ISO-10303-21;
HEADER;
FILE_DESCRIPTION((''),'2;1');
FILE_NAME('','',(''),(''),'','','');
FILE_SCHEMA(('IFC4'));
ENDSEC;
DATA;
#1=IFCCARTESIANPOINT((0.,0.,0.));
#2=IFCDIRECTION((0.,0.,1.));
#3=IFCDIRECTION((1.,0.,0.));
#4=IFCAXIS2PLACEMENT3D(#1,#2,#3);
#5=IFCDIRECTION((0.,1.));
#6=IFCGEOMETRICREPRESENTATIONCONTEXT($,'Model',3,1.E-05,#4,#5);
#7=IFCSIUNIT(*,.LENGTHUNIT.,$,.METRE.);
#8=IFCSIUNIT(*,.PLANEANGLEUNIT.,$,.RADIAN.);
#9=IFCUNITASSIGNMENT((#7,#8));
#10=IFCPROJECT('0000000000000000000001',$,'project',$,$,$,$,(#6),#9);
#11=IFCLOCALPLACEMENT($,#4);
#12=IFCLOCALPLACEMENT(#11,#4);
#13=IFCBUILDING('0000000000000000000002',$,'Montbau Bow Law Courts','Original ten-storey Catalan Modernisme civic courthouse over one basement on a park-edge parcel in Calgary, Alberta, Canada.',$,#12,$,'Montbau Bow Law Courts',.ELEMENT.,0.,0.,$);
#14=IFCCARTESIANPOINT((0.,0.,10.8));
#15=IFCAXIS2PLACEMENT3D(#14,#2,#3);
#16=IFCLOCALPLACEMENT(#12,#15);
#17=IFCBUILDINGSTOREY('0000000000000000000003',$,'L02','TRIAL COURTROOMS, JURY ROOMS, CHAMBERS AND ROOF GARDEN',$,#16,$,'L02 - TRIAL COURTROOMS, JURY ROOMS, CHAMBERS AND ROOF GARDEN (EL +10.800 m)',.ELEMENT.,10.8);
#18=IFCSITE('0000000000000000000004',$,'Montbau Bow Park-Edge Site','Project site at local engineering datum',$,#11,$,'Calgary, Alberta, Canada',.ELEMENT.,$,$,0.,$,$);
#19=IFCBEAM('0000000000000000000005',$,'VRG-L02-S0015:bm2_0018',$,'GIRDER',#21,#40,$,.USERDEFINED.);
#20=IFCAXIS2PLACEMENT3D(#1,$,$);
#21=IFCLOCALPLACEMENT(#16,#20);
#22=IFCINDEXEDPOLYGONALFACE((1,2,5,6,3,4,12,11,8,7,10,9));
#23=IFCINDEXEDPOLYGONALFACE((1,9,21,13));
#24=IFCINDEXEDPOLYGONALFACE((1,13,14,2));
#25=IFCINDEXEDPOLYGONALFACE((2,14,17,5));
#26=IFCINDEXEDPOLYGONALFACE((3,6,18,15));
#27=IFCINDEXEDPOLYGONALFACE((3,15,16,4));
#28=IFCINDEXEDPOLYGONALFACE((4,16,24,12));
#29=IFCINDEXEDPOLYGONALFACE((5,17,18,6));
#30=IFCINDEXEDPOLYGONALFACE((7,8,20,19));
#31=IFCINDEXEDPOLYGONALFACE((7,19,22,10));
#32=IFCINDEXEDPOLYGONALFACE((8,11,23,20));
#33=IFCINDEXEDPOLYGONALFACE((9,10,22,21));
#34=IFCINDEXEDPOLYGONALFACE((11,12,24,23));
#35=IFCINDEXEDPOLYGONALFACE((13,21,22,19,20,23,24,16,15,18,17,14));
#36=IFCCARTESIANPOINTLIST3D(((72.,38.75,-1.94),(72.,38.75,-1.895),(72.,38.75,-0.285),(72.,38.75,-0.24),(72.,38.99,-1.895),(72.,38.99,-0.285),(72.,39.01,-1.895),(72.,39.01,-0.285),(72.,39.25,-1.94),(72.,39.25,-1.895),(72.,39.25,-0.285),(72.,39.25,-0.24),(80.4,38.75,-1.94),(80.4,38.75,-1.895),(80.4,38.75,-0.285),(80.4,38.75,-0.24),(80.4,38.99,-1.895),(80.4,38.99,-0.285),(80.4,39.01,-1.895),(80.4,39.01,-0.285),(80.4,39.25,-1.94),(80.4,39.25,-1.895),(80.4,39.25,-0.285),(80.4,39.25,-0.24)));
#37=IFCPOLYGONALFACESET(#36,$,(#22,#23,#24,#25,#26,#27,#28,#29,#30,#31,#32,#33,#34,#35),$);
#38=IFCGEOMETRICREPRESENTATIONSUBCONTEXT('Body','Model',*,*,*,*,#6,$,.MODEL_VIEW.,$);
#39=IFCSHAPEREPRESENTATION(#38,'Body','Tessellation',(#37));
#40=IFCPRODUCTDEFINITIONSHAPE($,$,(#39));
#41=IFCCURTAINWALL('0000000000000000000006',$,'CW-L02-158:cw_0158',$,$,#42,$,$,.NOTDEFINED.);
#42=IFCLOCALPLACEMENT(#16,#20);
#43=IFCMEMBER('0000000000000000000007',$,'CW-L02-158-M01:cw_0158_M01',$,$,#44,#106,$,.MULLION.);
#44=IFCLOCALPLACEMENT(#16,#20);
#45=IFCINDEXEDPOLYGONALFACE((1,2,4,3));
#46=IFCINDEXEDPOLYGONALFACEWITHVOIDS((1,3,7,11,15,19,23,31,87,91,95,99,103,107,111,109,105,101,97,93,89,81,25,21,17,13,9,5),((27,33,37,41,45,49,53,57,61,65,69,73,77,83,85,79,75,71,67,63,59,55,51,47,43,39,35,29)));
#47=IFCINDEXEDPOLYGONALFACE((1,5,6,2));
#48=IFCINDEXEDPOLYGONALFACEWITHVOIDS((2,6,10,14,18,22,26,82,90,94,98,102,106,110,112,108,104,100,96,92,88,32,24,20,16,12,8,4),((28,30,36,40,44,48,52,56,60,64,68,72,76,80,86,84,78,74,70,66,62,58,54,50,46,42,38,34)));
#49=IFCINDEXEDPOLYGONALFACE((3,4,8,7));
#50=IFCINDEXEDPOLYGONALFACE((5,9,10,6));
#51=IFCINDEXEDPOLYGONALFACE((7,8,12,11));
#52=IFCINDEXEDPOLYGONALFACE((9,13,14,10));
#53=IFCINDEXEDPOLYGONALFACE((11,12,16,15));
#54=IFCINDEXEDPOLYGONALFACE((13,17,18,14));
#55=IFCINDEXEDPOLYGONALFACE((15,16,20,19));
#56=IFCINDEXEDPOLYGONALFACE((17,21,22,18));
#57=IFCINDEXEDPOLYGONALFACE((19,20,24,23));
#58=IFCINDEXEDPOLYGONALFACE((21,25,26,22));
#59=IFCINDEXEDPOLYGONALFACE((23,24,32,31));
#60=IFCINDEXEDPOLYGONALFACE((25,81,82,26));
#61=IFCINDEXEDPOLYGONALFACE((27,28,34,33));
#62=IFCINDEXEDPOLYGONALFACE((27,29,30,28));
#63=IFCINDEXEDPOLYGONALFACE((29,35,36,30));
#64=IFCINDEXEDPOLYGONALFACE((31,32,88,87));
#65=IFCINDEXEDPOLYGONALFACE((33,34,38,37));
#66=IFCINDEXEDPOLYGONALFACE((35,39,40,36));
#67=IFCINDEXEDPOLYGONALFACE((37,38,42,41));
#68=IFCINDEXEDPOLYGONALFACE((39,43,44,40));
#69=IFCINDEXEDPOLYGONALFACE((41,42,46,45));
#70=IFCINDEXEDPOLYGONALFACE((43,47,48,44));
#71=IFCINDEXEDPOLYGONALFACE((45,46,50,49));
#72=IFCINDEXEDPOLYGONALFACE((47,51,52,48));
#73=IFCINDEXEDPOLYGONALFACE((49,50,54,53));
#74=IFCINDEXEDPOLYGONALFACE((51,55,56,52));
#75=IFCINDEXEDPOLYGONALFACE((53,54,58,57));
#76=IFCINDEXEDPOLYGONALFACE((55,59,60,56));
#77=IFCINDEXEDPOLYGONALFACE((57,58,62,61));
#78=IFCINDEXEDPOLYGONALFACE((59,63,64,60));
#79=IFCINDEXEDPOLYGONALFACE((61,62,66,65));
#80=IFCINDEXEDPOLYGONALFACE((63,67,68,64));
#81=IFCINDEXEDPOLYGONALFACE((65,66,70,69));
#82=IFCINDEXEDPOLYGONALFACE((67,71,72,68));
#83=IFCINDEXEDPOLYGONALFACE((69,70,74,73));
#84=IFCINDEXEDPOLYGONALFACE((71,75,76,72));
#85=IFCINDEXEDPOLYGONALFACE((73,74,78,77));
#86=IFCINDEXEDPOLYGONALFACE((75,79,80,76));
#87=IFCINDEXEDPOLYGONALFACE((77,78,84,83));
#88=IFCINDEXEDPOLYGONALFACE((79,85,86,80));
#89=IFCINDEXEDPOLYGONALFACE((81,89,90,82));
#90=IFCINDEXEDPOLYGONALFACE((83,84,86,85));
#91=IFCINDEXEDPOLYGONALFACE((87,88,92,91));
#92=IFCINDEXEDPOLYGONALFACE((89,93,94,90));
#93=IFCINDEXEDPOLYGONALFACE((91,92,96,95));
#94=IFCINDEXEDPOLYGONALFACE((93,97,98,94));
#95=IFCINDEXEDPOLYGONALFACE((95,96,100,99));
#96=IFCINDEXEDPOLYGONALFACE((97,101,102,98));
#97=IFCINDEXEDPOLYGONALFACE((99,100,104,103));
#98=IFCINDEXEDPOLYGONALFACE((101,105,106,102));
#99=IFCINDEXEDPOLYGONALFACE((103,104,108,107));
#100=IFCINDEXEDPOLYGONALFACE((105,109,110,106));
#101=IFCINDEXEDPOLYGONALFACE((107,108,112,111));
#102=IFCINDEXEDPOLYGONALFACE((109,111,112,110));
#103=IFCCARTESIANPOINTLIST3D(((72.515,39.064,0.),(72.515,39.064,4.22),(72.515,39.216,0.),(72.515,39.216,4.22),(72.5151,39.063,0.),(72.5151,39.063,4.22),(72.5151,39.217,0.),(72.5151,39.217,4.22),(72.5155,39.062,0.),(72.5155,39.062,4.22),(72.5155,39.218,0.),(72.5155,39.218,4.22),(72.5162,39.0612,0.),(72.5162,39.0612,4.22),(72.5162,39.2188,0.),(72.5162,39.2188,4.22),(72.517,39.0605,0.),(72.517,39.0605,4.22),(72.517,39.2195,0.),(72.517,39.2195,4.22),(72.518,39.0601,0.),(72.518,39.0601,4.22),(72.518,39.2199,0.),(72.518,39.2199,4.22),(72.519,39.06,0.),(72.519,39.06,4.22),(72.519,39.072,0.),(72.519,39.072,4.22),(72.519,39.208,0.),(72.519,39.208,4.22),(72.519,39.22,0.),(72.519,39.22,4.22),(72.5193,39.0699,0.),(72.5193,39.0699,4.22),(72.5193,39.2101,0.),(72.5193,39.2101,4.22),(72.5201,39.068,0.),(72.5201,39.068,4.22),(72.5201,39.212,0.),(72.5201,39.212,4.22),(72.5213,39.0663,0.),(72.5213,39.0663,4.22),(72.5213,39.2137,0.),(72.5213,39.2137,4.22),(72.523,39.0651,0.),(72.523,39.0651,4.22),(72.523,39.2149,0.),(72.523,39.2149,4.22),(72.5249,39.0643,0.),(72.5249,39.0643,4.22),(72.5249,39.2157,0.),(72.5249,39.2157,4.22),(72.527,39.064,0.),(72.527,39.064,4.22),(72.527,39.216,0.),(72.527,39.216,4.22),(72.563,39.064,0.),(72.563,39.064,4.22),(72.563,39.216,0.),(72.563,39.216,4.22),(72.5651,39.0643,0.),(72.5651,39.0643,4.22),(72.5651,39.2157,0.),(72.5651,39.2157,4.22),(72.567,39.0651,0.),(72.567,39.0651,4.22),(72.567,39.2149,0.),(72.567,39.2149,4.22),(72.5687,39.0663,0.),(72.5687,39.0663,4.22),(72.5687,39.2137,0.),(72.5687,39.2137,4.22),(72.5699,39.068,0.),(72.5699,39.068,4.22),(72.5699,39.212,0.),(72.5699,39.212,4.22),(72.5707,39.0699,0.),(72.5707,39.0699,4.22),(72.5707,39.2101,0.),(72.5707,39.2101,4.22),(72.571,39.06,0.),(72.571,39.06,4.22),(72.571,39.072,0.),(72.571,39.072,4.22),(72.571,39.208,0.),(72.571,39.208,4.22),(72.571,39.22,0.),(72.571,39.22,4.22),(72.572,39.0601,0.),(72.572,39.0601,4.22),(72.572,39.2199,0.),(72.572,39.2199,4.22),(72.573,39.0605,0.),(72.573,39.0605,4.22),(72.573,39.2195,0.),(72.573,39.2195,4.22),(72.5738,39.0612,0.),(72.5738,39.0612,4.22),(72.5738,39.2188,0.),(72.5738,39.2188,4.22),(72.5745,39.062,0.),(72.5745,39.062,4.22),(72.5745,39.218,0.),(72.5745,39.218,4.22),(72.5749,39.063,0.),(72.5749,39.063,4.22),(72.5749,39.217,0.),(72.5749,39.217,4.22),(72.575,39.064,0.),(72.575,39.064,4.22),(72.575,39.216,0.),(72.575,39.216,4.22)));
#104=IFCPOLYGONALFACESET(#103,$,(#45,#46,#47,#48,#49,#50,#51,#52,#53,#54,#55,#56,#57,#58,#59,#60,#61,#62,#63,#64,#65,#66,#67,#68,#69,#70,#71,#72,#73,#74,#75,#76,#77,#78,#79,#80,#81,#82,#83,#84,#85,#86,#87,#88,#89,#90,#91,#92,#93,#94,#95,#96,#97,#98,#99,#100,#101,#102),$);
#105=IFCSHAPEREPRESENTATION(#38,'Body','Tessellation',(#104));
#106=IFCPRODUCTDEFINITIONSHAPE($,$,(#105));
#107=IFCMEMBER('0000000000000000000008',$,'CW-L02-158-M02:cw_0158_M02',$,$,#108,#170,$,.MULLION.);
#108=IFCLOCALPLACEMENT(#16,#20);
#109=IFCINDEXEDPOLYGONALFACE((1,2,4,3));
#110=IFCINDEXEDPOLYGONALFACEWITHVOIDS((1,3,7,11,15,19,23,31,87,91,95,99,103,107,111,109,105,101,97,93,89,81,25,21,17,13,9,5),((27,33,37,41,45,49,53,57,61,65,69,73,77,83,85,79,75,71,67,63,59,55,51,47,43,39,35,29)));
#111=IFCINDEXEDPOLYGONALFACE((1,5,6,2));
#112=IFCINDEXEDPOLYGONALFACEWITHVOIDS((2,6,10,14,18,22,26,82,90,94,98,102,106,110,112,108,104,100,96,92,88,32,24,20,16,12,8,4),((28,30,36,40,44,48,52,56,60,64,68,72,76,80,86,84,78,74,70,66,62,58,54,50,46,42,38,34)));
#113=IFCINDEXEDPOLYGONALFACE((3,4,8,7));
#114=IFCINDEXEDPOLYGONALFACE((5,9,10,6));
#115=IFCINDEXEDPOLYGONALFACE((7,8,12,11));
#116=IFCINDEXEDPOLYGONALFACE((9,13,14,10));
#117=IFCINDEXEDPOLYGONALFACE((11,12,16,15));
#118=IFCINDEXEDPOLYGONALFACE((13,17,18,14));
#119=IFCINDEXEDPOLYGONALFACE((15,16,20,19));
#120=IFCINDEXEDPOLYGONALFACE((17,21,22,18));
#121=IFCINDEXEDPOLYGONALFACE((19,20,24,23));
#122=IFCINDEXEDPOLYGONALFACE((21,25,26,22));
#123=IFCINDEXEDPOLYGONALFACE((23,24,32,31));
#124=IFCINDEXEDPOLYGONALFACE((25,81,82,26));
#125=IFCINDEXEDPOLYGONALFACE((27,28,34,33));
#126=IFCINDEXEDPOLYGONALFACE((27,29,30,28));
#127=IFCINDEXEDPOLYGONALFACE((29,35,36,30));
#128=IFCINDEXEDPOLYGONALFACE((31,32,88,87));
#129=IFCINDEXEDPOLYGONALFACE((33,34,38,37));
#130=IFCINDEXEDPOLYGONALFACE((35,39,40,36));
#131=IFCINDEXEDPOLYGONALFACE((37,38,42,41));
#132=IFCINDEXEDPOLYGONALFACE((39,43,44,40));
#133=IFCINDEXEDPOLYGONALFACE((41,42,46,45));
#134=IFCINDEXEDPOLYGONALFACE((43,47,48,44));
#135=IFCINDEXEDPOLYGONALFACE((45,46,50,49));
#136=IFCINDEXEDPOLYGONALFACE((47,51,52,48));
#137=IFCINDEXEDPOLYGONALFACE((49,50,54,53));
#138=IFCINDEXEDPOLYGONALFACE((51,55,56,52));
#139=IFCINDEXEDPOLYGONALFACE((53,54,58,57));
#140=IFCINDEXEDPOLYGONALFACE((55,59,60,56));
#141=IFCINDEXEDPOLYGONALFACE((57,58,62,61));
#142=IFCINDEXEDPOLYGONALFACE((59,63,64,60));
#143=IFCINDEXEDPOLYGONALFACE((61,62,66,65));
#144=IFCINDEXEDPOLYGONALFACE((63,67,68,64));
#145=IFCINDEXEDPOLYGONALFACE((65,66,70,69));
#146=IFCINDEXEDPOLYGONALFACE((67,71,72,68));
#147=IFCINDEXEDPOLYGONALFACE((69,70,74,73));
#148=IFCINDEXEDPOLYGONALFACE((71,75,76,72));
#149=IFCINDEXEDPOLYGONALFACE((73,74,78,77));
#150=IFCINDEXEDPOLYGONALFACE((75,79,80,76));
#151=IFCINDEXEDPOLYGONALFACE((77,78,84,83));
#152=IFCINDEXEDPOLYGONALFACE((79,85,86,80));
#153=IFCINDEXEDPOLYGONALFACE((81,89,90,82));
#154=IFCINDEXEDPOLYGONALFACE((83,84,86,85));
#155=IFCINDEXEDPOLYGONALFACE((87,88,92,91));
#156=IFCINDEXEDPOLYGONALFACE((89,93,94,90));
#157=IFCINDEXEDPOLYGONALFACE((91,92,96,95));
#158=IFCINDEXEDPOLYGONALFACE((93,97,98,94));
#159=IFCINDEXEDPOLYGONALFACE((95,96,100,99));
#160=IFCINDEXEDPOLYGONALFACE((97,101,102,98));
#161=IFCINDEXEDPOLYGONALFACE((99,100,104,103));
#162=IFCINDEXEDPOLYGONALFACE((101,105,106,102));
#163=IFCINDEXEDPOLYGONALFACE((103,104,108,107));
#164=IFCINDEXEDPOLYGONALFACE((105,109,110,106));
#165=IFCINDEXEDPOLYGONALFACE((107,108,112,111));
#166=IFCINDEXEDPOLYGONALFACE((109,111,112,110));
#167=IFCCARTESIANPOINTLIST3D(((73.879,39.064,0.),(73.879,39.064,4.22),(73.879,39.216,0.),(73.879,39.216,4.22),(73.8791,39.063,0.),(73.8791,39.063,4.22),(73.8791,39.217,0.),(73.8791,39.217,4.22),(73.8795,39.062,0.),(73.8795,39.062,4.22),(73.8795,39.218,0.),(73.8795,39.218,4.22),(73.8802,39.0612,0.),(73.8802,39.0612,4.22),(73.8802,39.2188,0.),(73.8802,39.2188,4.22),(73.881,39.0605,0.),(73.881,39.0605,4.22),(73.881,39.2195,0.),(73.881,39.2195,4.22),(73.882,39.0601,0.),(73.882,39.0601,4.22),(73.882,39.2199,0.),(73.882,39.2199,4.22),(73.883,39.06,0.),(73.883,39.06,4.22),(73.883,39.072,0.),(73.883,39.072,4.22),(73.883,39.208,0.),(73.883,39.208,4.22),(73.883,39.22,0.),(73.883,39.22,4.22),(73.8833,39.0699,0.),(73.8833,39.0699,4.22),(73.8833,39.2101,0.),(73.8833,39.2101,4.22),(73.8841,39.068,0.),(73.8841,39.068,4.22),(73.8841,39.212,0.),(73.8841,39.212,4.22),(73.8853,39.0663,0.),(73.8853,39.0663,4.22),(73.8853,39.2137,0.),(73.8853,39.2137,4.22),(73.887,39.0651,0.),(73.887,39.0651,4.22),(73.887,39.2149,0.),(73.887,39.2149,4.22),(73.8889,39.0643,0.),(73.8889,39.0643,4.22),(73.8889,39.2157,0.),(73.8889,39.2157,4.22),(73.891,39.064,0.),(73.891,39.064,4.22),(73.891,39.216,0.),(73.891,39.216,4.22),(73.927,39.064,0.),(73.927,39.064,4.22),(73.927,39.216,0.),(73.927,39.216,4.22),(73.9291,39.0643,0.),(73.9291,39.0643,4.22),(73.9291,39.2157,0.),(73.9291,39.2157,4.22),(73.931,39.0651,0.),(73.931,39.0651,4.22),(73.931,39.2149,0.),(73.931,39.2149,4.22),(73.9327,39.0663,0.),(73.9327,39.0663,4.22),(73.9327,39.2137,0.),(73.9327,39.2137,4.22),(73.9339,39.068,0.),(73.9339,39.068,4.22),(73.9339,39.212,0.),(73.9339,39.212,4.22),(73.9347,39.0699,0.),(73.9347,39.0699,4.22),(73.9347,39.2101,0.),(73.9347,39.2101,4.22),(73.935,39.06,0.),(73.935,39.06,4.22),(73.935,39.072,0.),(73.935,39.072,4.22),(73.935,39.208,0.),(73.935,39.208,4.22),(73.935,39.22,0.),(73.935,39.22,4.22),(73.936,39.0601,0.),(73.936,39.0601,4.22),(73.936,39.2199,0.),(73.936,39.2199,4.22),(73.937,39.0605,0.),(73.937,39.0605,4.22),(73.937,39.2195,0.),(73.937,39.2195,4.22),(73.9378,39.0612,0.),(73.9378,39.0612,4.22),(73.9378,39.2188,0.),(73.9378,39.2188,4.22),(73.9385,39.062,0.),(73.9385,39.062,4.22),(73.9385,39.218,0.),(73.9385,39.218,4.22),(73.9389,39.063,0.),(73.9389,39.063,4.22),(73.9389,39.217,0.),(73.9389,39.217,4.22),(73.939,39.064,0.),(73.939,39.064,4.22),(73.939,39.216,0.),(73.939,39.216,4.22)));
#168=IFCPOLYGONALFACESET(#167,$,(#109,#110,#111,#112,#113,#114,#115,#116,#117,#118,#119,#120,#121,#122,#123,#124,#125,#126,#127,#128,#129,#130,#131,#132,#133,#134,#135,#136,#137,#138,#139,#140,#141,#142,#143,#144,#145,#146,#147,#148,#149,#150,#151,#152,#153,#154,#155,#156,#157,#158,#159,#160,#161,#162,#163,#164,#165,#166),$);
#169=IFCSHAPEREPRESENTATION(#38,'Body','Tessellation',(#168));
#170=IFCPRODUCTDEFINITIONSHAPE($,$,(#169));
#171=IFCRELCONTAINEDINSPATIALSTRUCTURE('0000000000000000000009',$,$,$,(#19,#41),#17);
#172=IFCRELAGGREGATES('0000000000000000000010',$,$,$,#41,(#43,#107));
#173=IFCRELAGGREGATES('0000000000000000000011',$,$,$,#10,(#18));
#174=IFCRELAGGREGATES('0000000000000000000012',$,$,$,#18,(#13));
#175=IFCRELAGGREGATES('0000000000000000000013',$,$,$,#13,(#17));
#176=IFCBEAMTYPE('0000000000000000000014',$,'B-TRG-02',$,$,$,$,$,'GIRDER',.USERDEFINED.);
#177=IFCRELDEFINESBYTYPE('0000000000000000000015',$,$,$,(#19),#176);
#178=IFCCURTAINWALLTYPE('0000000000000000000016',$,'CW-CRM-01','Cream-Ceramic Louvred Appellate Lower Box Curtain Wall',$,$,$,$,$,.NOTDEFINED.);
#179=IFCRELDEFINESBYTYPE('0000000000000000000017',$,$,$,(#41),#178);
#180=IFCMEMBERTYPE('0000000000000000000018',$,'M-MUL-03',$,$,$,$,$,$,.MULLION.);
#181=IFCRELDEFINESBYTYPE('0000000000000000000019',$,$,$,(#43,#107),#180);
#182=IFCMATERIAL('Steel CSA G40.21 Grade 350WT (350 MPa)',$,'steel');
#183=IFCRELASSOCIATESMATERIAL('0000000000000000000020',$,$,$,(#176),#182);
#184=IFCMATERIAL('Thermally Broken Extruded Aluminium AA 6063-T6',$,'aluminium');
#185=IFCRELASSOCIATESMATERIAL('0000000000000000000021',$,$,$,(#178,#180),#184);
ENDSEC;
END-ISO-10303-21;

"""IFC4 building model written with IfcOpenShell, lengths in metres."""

from ifc_helpers import new_model, si_unit, direction, frame, origin_with_axes, origin_2d_with_axis, place, context, subcontext, project, spatial, hollow_rectangle, i_section, extrude, material, material_profile, profile_set, type_object, element, aggregate, save


model = new_model("IFC4")

# Units and contexts
model_context = context("Model", 3, precision=1e-05, world=origin_with_axes(), true_north=direction((0.0, 1.0)))
body_context = subcontext(model_context, "Body", "Model", "MODEL_VIEW")
ifc_project = project(units=[si_unit("LENGTHUNIT", "METRE"), si_unit("PLANEANGLEUNIT", "RADIAN")], contexts=[model_context])

# Site, building, storey
site_placement = place(None, origin_with_axes())
site = spatial("IfcSite", under=ifc_project, at=site_placement, Name="Montbau Bow Park-Edge Site", Description="Project site at local engineering datum", LongName="Calgary, Alberta, Canada", CompositionType="ELEMENT", RefElevation=0.0)
building_placement = place(site_placement, origin_with_axes())
building = spatial("IfcBuilding", under=site, at=building_placement, Name="Montbau Bow Law Courts", Description="Original ten-storey Catalan Modernisme civic courthouse over one basement on a park-edge parcel in Calgary, Alberta, Canada.", LongName="Montbau Bow Law Courts", CompositionType="ELEMENT", ElevationOfRefHeight=0.0, ElevationOfTerrain=0.0)
storey_placement = place(building_placement, frame((0.0, 0.0, 10.8), z_axis=(0.0, 0.0, 1.0), x_axis=(1.0, 0.0, 0.0)))
storey = spatial("IfcBuildingStorey", under=building, at=storey_placement, Name="L02", Description="TRIAL COURTROOMS, JURY ROOMS, CHAMBERS AND ROOF GARDEN", LongName="L02 - TRIAL COURTROOMS, JURY ROOMS, CHAMBERS AND ROOF GARDEN (EL +10.800 m)", CompositionType="ELEMENT", Elevation=10.8)

# Beam
ifc_material_1 = material(Name="Steel CSA G40.21 Grade 350WT (350 MPa)", Category="steel")
ifc_material_profile_1 = material_profile(ifc_material_1, i_section(OverallWidth=0.5, OverallDepth=1.7, WebThickness=0.02, FlangeThickness=0.045, at=origin_2d_with_axis()), Name="WWF1700X480", Category="Main", Priority=0)
ifc_profile_set_1 = profile_set([ifc_material_profile_1], Name="Steel CSA G40.21 Grade 350WT (350 MPa)")
beam_type_1 = type_object("IfcBeamType", Name="B-TRG-02", ElementType="GIRDER", PredefinedType="USERDEFINED", material=ifc_profile_set_1)
beam_1_placement = place(None, frame((72.0, 39.0, 9.71), z_axis=(1.0, 0.0, 0.0), x_axis=(0.0, 1.0, 0.0)))
element("IfcBeam", 1, at=beam_1_placement, inside=storey, type_object=beam_type_1, Name="VRG-L02-S0015:bm2_0018", ObjectType="GIRDER", PredefinedType="USERDEFINED", context=body_context, shape_type="SweptSolid", body=[
    extrude(i_section(OverallWidth=0.5, OverallDepth=1.7, WebThickness=0.02, FlangeThickness=0.045, at=origin_2d_with_axis()), origin_with_axes(), (0.0, 0.0, 1.0), 8.4),
])

# Curtain wall, members
ifc_material_2 = material(Name="Thermally Broken Extruded Aluminium AA 6063-T6", Category="aluminium")
curtain_wall_type = type_object("IfcCurtainWallType", Name="CW-CRM-01", Description="Cream-Ceramic Louvred Appellate Lower Box Curtain Wall", PredefinedType="NOTDEFINED", material=ifc_material_2)
curtain_wall_placement = place(None, frame((72.515, 39.14, 10.8), z_axis=(0.0, 0.0, 1.0), x_axis=(1.0, 0.0, 0.0)))
curtain_wall = element("IfcCurtainWall", 2, at=curtain_wall_placement, inside=storey, type_object=curtain_wall_type, Name="CW-L02-158:cw_0158", PredefinedType="NOTDEFINED")
ifc_material_profile_2 = material_profile(ifc_material_2, hollow_rectangle(XDim=0.06, YDim=0.16, WallThickness=0.004, InnerFilletRadius=0.008, OuterFilletRadius=0.004, at=origin_2d_with_axis()), Name="CWM-160X60", Category="Main", Priority=0)
ifc_profile_set_2 = profile_set([ifc_material_profile_2], Name="Thermally Broken Extruded Aluminium AA 6063-T6")
member_type_1 = type_object("IfcMemberType", Name="M-MUL-03", PredefinedType="MULLION", material=ifc_profile_set_2)
member_1_placement = place(None, frame((72.545, 39.14, 10.8), z_axis=(0.0, 0.0, 1.0), x_axis=(1.0, 0.0, 0.0)))
member_1 = element("IfcMember", 3, at=member_1_placement, type_object=member_type_1, Name="CW-L02-158-M01:cw_0158_M01", PredefinedType="MULLION", context=body_context, shape_type="SweptSolid", body=[
    extrude(hollow_rectangle(XDim=0.06, YDim=0.16, WallThickness=0.004, InnerFilletRadius=0.008, OuterFilletRadius=0.004, at=origin_2d_with_axis()), origin_with_axes(), (0.0, 0.0, 1.0), 4.22),
])
member_2_placement = place(None, frame((73.909, 39.14, 10.8), z_axis=(0.0, 0.0, 1.0), x_axis=(1.0, 0.0, 0.0)))
member_2 = element("IfcMember", 4, at=member_2_placement, type_object=member_type_1, Name="CW-L02-158-M02:cw_0158_M02", PredefinedType="MULLION", context=body_context, shape_type="SweptSolid", body=[
    extrude(hollow_rectangle(XDim=0.06, YDim=0.16, WallThickness=0.004, InnerFilletRadius=0.008, OuterFilletRadius=0.004, at=origin_2d_with_axis()), origin_with_axes(), (0.0, 0.0, 1.0), 4.22),
])

aggregate(curtain_wall, [member_1, member_2])

save(model, "model.ifc")
